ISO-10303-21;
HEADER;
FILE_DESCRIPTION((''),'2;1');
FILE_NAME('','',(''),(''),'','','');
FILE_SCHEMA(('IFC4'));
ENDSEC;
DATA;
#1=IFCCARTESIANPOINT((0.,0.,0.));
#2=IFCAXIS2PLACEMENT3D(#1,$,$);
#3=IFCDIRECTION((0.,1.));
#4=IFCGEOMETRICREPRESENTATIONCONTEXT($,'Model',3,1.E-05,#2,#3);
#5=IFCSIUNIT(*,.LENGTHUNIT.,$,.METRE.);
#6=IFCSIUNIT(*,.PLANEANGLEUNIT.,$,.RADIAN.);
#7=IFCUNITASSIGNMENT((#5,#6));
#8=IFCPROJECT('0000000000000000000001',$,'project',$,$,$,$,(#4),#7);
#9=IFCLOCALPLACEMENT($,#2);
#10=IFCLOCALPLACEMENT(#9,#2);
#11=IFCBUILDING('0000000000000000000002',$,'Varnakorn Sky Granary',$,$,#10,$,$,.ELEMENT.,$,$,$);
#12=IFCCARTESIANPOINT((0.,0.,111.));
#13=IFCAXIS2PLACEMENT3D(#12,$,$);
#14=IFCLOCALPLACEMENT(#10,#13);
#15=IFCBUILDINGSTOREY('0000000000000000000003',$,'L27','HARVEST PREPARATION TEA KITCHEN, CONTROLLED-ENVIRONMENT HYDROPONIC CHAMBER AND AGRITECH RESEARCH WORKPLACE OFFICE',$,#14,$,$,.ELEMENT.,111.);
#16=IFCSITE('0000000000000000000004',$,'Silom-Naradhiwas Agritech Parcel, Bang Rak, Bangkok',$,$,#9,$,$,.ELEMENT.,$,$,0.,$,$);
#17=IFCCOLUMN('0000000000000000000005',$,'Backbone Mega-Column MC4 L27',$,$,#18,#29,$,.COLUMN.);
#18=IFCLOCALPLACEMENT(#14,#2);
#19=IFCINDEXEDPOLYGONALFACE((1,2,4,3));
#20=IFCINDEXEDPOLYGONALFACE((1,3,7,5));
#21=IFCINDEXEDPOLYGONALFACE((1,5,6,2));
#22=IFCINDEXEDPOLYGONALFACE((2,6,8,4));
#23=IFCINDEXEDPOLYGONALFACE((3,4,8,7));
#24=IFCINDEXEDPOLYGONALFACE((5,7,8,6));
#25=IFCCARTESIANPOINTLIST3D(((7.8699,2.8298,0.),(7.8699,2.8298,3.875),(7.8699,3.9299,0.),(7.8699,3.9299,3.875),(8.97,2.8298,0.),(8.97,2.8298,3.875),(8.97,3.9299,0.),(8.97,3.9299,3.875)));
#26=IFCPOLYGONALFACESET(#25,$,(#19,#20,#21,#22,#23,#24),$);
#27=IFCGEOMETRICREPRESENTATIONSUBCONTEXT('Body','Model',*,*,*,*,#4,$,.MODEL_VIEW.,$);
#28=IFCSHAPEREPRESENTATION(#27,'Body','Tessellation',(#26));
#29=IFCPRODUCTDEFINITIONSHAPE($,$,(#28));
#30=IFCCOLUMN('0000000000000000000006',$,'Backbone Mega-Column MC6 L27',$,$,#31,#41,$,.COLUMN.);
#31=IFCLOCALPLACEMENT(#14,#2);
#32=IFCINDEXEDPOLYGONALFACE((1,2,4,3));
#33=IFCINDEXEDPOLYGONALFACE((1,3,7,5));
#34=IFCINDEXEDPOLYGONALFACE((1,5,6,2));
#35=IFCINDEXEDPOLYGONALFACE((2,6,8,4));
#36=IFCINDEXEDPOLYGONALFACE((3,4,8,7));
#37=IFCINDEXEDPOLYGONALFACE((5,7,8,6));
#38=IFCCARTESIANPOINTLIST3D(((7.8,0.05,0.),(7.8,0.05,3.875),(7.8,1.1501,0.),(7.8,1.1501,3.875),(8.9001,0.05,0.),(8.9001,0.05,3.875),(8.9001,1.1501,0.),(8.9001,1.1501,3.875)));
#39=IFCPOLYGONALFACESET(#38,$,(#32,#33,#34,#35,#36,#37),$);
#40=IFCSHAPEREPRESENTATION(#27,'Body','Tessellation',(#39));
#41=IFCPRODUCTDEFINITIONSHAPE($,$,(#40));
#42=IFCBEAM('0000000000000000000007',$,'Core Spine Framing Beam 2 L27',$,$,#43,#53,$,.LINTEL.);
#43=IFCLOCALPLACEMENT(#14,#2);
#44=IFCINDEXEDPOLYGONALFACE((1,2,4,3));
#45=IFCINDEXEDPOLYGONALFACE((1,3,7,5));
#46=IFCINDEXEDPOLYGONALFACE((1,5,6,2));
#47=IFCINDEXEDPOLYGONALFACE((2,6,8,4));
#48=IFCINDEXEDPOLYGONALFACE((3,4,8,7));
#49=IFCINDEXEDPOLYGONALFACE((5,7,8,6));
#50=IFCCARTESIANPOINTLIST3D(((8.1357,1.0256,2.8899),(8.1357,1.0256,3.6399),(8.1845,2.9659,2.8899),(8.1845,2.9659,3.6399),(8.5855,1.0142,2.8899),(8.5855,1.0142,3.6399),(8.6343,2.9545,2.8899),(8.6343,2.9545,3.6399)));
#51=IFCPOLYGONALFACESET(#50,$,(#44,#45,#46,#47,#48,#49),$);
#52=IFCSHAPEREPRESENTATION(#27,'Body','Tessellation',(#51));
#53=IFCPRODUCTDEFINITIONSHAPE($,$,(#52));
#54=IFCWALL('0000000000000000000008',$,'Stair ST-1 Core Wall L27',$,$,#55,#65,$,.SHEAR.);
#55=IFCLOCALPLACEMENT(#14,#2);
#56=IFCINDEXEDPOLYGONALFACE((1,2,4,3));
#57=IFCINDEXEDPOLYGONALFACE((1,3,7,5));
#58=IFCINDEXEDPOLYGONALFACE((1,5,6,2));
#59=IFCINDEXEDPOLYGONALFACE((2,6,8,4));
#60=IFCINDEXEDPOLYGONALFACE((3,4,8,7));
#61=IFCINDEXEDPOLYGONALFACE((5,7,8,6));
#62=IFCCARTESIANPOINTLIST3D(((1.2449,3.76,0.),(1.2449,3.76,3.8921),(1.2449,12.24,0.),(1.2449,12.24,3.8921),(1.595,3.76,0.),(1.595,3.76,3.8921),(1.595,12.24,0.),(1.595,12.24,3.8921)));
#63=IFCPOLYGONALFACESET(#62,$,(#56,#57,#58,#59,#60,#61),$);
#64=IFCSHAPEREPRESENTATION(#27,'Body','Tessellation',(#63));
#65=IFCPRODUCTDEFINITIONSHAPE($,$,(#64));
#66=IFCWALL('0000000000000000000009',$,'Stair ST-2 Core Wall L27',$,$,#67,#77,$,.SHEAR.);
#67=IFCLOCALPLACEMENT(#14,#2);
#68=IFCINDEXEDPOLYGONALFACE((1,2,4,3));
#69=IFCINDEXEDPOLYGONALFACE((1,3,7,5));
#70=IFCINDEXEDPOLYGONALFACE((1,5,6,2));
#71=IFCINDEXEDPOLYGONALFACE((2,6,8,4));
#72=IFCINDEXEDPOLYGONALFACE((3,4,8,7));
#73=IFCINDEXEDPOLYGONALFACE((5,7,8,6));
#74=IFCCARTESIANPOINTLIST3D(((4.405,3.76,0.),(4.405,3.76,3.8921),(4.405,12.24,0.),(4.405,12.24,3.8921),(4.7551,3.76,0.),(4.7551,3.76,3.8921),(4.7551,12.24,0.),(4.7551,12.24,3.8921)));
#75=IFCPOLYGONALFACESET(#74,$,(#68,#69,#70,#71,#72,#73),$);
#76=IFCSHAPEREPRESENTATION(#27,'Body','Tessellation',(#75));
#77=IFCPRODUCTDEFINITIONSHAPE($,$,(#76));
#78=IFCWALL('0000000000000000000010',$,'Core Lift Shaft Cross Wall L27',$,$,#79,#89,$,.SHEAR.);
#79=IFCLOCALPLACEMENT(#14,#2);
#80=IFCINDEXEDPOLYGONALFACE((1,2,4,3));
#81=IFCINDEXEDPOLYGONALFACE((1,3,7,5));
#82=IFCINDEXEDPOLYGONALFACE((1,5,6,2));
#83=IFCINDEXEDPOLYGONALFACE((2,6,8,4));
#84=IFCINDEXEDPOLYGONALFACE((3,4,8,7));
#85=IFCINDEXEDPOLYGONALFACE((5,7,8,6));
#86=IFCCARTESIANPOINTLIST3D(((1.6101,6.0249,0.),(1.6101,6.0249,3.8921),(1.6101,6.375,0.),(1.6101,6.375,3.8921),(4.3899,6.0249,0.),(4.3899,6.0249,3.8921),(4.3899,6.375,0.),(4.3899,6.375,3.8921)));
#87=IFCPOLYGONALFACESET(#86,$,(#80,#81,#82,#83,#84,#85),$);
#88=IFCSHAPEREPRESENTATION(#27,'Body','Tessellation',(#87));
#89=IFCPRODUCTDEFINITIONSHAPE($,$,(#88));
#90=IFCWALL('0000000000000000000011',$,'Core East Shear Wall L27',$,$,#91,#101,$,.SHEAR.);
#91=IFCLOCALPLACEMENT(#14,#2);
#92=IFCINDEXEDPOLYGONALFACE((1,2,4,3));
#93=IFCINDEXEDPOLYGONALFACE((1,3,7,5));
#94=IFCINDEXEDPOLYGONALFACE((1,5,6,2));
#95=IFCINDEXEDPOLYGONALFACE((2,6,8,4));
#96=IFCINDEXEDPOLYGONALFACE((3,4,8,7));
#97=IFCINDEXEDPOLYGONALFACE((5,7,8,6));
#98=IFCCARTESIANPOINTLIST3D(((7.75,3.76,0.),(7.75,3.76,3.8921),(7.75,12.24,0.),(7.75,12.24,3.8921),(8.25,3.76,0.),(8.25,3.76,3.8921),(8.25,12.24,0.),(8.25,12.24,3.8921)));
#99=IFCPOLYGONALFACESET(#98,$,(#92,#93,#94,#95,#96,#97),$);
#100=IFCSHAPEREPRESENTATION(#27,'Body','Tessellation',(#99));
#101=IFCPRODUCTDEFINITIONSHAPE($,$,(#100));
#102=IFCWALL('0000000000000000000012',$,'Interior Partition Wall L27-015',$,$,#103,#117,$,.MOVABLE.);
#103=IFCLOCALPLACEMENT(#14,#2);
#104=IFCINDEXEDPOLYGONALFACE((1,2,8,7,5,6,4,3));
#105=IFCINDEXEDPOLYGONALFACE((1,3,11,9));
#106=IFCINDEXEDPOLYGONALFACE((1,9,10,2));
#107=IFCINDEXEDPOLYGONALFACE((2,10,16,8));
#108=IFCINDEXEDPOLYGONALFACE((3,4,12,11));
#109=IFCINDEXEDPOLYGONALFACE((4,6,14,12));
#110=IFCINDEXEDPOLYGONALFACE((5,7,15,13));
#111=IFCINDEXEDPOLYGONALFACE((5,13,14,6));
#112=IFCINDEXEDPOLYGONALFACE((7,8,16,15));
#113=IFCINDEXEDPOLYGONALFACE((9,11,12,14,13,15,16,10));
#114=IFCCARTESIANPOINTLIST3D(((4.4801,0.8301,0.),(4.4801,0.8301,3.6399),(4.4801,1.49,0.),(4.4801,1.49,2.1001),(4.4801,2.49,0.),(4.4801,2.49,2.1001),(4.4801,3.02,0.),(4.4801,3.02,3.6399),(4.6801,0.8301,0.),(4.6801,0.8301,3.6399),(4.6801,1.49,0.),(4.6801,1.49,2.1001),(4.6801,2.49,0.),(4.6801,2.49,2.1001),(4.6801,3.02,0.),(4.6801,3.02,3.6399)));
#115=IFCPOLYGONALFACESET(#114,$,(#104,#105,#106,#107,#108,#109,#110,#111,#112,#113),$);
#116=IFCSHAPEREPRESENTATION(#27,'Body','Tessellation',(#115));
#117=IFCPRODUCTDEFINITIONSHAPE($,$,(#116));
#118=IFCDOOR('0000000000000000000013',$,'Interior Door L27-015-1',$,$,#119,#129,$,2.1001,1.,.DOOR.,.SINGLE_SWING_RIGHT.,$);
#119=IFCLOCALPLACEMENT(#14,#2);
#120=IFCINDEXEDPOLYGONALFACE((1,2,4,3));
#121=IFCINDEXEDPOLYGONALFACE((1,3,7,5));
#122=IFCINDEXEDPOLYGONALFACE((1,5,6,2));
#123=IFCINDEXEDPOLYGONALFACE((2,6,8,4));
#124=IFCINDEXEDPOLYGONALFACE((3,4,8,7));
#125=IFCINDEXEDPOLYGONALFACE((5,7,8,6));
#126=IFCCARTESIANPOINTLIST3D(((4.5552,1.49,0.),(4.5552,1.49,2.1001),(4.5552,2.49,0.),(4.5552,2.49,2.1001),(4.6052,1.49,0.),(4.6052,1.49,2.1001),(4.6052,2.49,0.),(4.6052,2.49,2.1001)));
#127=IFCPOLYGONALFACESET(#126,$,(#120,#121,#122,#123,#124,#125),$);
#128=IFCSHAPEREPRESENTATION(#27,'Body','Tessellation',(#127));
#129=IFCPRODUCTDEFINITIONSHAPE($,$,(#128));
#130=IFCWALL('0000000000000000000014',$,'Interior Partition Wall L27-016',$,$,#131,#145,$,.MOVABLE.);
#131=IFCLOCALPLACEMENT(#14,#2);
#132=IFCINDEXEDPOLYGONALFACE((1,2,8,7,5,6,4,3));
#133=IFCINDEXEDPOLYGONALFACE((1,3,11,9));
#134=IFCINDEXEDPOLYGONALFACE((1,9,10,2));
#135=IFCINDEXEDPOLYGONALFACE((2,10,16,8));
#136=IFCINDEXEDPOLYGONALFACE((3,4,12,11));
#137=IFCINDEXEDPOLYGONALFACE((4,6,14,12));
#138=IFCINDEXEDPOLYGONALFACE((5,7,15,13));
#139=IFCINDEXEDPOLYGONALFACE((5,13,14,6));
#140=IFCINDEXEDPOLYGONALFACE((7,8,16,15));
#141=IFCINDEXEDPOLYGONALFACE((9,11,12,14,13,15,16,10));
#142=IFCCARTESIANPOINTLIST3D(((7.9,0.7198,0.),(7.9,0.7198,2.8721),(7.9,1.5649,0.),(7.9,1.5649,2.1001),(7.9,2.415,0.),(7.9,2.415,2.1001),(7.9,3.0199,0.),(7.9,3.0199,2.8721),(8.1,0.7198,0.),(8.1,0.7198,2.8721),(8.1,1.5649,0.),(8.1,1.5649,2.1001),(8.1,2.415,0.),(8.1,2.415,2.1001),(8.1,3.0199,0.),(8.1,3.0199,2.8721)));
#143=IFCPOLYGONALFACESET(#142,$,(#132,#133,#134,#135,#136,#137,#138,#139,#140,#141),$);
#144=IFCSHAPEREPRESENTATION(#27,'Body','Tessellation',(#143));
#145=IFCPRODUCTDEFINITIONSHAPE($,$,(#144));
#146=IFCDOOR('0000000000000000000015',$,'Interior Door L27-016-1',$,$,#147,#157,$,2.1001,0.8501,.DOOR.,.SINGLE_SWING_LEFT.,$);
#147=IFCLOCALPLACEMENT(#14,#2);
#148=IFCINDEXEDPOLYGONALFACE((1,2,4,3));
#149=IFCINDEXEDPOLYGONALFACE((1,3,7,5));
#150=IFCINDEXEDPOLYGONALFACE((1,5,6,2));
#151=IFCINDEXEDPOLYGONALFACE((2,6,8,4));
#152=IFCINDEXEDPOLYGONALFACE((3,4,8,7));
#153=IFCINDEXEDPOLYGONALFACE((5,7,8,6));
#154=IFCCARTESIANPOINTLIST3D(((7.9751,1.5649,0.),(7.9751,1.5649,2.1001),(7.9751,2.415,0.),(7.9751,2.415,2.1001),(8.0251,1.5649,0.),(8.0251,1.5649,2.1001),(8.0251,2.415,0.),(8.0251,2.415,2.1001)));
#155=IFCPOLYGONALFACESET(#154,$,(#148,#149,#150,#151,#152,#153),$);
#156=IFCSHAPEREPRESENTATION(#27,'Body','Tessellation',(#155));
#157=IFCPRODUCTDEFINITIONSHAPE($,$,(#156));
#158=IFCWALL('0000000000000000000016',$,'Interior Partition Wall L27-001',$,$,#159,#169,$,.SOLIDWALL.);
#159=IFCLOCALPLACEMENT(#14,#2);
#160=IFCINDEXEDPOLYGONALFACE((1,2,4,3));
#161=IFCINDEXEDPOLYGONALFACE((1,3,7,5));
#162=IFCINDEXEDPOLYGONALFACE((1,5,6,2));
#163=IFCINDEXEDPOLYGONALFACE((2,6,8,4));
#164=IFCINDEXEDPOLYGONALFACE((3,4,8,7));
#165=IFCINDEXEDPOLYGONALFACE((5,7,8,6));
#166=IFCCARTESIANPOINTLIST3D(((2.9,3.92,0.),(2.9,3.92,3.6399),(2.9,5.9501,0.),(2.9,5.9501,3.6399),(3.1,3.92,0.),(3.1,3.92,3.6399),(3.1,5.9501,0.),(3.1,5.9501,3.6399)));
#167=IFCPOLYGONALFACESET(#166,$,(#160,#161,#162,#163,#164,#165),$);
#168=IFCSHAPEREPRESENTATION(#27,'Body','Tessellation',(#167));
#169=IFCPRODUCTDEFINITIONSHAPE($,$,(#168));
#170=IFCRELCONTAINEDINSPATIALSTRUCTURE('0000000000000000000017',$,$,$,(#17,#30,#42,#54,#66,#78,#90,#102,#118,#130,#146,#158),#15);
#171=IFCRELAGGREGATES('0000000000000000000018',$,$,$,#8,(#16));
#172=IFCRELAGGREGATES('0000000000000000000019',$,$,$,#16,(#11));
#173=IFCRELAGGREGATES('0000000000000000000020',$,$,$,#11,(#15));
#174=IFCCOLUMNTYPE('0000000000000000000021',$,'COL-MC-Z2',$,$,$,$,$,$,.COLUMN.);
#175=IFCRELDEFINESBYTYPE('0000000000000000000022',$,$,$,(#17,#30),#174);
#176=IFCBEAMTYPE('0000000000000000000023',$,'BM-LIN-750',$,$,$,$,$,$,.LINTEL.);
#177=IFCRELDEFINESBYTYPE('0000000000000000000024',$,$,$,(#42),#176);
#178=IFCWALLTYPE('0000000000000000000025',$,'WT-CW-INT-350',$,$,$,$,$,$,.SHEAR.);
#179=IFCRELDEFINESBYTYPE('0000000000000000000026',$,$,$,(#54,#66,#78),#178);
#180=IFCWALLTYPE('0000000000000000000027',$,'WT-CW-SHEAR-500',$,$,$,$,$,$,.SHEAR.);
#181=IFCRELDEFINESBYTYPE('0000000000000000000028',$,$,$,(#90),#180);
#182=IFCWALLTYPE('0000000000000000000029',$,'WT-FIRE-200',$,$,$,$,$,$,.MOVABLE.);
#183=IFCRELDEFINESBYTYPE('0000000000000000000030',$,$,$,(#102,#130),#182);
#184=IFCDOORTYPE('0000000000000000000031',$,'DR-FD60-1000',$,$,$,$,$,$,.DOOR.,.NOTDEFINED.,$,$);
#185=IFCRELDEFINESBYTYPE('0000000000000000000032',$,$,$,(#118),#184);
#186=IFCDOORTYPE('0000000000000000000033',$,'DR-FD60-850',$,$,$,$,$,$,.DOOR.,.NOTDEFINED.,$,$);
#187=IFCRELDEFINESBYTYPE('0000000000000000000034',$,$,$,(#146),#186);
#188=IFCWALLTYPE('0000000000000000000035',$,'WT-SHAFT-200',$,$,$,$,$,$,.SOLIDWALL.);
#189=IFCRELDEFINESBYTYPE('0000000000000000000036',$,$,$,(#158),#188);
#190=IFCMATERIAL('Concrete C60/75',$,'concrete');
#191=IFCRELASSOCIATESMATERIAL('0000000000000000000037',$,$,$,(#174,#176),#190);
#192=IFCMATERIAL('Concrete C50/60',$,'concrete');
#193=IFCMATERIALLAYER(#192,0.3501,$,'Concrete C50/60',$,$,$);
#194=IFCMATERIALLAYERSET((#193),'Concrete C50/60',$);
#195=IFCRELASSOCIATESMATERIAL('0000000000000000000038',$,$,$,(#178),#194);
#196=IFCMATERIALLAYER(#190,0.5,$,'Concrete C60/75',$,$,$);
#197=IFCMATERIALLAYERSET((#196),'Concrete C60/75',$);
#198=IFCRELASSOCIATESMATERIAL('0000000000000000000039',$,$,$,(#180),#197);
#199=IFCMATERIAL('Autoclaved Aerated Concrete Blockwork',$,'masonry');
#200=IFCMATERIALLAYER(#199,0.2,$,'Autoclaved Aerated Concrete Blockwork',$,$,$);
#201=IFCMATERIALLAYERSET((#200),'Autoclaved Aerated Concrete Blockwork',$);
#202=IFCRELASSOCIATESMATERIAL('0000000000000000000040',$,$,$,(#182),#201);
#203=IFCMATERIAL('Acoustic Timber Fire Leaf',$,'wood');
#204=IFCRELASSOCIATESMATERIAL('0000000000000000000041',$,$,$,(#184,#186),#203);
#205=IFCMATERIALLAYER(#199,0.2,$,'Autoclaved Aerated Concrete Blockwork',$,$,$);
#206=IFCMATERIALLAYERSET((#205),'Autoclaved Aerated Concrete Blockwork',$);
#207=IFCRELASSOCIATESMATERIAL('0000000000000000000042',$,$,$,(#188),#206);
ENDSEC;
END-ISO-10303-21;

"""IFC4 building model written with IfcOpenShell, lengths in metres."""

from ifc_helpers import new_model, si_unit, direction, frame, frame_2d, origin, origin_2d, place, context, subcontext, project, spatial, rectangle, extrude, material, layer, layer_set, material_profile, profile_set, type_object, element, fill, save


model = new_model("IFC4")

# Units and contexts
model_context = context("Model", 3, precision=1e-05, world=origin(), true_north=direction((0.0, 1.0)))
body_context = subcontext(model_context, "Body", "Model", "MODEL_VIEW")
ifc_project = project(units=[si_unit("LENGTHUNIT", "METRE"), si_unit("PLANEANGLEUNIT", "RADIAN")], contexts=[model_context])

# Site, building, storey
site_placement = place(None, origin())
site = spatial("IfcSite", under=ifc_project, at=site_placement, Name="Silom-Naradhiwas Agritech Parcel, Bang Rak, Bangkok", CompositionType="ELEMENT", RefElevation=0.0)
building_placement = place(site_placement, origin())
building = spatial("IfcBuilding", under=site, at=building_placement, Name="Varnakorn Sky Granary", CompositionType="ELEMENT")
storey_placement = place(building_placement, frame((0.0, 0.0, 111.0)))
storey = spatial("IfcBuildingStorey", under=building, at=storey_placement, Name="L27", Description="HARVEST PREPARATION TEA KITCHEN, CONTROLLED-ENVIRONMENT HYDROPONIC CHAMBER AND AGRITECH RESEARCH WORKPLACE OFFICE", CompositionType="ELEMENT", Elevation=111.0)

# Columns
ifc_material_1 = material(Name="Concrete C60/75", Category="concrete")
ifc_material_profile_1 = material_profile(ifc_material_1, rectangle(XDim=1.1001, YDim=1.1001, at=origin_2d()), Name="RC 1100x1100")
ifc_profile_set_1 = profile_set([ifc_material_profile_1], Name="Concrete C60/75")
column_type = type_object("IfcColumnType", Name="COL-MC-Z2", PredefinedType="COLUMN", material=ifc_profile_set_1)
for number, where, z_axis, x_axis, name in (
    (1, (8.4199, 3.3799, 0.0), (0.0, 0.0, 1.0), (1.0, 0.0, 0.0), "Backbone Mega-Column MC4 L27"),
    (2, (8.3501, 0.6001, 0.0), (0.0, 0.0, 1.0), (1.0, 0.0, 0.0), "Backbone Mega-Column MC6 L27"),
):
    element("IfcColumn", number, at=place(storey_placement, frame(where, z_axis=z_axis, x_axis=x_axis)), inside=storey, type_object=column_type, Name=name, PredefinedType="COLUMN", context=body_context, shape_type="SweptSolid", body=[
        extrude(rectangle(XDim=1.1001, YDim=1.1001, at=origin_2d()), origin(), (0.0, 0.0, 1.0), 3.875),
    ])

# Beam
ifc_material_profile_2 = material_profile(ifc_material_1, rectangle(XDim=0.45, YDim=0.75, at=origin_2d()), Name="RC 450x750")
ifc_profile_set_2 = profile_set([ifc_material_profile_2], Name="Concrete C60/75")
beam_type = type_object("IfcBeamType", Name="BM-LIN-750", PredefinedType="LINTEL", material=ifc_profile_set_2)
beam_placement = place(storey_placement, frame((8.4094, 2.9602, 3.2649), z_axis=(-0.025159, -0.999683, 0.0), x_axis=(0.999683, -0.025159, 0.0)))
element("IfcBeam", 3, at=beam_placement, inside=storey, type_object=beam_type, Name="Core Spine Framing Beam 2 L27", PredefinedType="LINTEL", context=body_context, shape_type="SweptSolid", body=[
    extrude(rectangle(XDim=0.45, YDim=0.75, at=origin_2d()), origin(), (0.0, 0.0, 1.0), 1.9409),
])

# Walls
ifc_material_2 = material(Name="Concrete C50/60", Category="concrete")
ifc_layer_1 = layer(ifc_material_2, 0.3501, Name="Concrete C50/60")
ifc_layer_set_1 = layer_set([ifc_layer_1], Name="Concrete C50/60")
wall_type_1 = type_object("IfcWallType", Name="WT-CW-INT-350", PredefinedType="SHEAR", material=ifc_layer_set_1)
for number, where, z_axis, x_axis, name in (
    (4, (1.4199, 3.76, 0.0), (0.0, 0.0, 1.0), (0.0, 1.0, 0.0), "Stair ST-1 Core Wall L27"),
    (5, (4.5801, 3.76, 0.0), (0.0, 0.0, 1.0), (0.0, 1.0, 0.0), "Stair ST-2 Core Wall L27"),
):
    element("IfcWall", number, at=place(storey_placement, frame(where, z_axis=z_axis, x_axis=x_axis)), inside=storey, type_object=wall_type_1, Name=name, PredefinedType="SHEAR", context=body_context, shape_type="SweptSolid", body=[
        extrude(rectangle(XDim=8.48, YDim=0.3501, at=frame_2d((4.24, 0.0))), origin(), (0.0, 0.0, 1.0), 3.8921),
    ])
wall_1_placement = place(storey_placement, frame((1.6101, 6.2, 0.0), z_axis=(0.0, 0.0, 1.0), x_axis=(1.0, 0.0, 0.0)))
element("IfcWall", 6, at=wall_1_placement, inside=storey, type_object=wall_type_1, Name="Core Lift Shaft Cross Wall L27", PredefinedType="SHEAR", context=body_context, shape_type="SweptSolid", body=[
    extrude(rectangle(XDim=2.7798, YDim=0.3501, at=frame_2d((1.3899, 0.0))), origin(), (0.0, 0.0, 1.0), 3.8921),
])
ifc_layer_2 = layer(ifc_material_1, 0.5, Name="Concrete C60/75")
ifc_layer_set_2 = layer_set([ifc_layer_2], Name="Concrete C60/75")
wall_type_2 = type_object("IfcWallType", Name="WT-CW-SHEAR-500", PredefinedType="SHEAR", material=ifc_layer_set_2)
wall_2_placement = place(storey_placement, frame((8.0, 3.76, 0.0), z_axis=(0.0, 0.0, 1.0), x_axis=(0.0, 1.0, 0.0)))
element("IfcWall", 7, at=wall_2_placement, inside=storey, type_object=wall_type_2, Name="Core East Shear Wall L27", PredefinedType="SHEAR", context=body_context, shape_type="SweptSolid", body=[
    extrude(rectangle(XDim=8.48, YDim=0.5, at=frame_2d((4.24, 0.0))), origin(), (0.0, 0.0, 1.0), 3.8921),
])

# Walls, openings, doors
ifc_material_3 = material(Name="Autoclaved Aerated Concrete Blockwork", Category="masonry")
ifc_layer_3 = layer(ifc_material_3, 0.2, Name="Autoclaved Aerated Concrete Blockwork")
ifc_layer_set_3 = layer_set([ifc_layer_3], Name="Autoclaved Aerated Concrete Blockwork")
wall_type_3 = type_object("IfcWallType", Name="WT-FIRE-200", PredefinedType="MOVABLE", material=ifc_layer_set_3)
wall_3_placement = place(storey_placement, frame((4.5801, 0.8301, 0.0), z_axis=(0.0, 0.0, 1.0), x_axis=(0.0, 1.0, 0.0)))
wall_3 = element("IfcWall", 8, at=wall_3_placement, inside=storey, type_object=wall_type_3, Name="Interior Partition Wall L27-015", PredefinedType="MOVABLE", context=body_context, shape_type="SweptSolid", body=[
    extrude(rectangle(XDim=2.1899, YDim=0.2, at=frame_2d((1.095, 0.0))), origin(), (0.0, 0.0, 1.0), 3.6399),
])
opening_1_placement = place(wall_3_placement, frame((0.6599, 0.0, 0.0)))
opening_1 = element("IfcOpeningElement", 9, at=opening_1_placement, cuts=wall_3, PredefinedType="OPENING", context=body_context, shape_type="SweptSolid", body=[
    extrude(rectangle(XDim=1.0, YDim=2.1001, at=frame_2d((0.5, 1.05))), frame((0.0, 0.1099, 0.0), z_axis=(0.0, -1.0, 0.0), x_axis=(1.0, 0.0, 0.0)), (0.0, 0.0, 1.0), 0.22),
])
ifc_material_4 = material(Name="Acoustic Timber Fire Leaf", Category="wood")
door_type_1 = type_object("IfcDoorType", Name="DR-FD60-1000", OperationType="NOTDEFINED", PredefinedType="DOOR", material=ifc_material_4)
door_1_placement = place(opening_1_placement, origin())
door_1 = element("IfcDoor", 10, at=door_1_placement, inside=storey, type_object=door_type_1, Name="Interior Door L27-015-1", OperationType="SINGLE_SWING_RIGHT", OverallHeight=2.1001, OverallWidth=1.0, PredefinedType="DOOR", context=body_context, shape_type="SweptSolid", body=[
    extrude(rectangle(XDim=1.0, YDim=2.1001, at=frame_2d((0.5, 1.05))), frame((0.0, 0.0249, 0.0), z_axis=(0.0, -1.0, 0.0), x_axis=(1.0, 0.0, 0.0)), (0.0, 0.0, 1.0), 0.05),
])
fill(opening_1, door_1)
wall_4_placement = place(storey_placement, frame((8.0, 0.72, 0.0), z_axis=(0.0, 0.0, 1.0), x_axis=(0.0, 1.0, 0.0)))
wall_4 = element("IfcWall", 11, at=wall_4_placement, inside=storey, type_object=wall_type_3, Name="Interior Partition Wall L27-016", PredefinedType="MOVABLE", context=body_context, shape_type="SweptSolid", body=[
    extrude(rectangle(XDim=2.3, YDim=0.2, at=frame_2d((1.1499, 0.0))), origin(), (0.0, 0.0, 1.0), 2.8721),
])
opening_2_placement = place(wall_4_placement, frame((0.845, 0.0, 0.0)))
opening_2 = element("IfcOpeningElement", 12, at=opening_2_placement, cuts=wall_4, PredefinedType="OPENING", context=body_context, shape_type="SweptSolid", body=[
    extrude(rectangle(XDim=0.8501, YDim=2.1001, at=frame_2d((0.425, 1.05))), frame((0.0, 0.1099, 0.0), z_axis=(0.0, -1.0, 0.0), x_axis=(1.0, 0.0, 0.0)), (0.0, 0.0, 1.0), 0.22),
])
door_type_2 = type_object("IfcDoorType", Name="DR-FD60-850", OperationType="NOTDEFINED", PredefinedType="DOOR", material=ifc_material_4)
door_2_placement = place(opening_2_placement, origin())
door_2 = element("IfcDoor", 13, at=door_2_placement, inside=storey, type_object=door_type_2, Name="Interior Door L27-016-1", OperationType="SINGLE_SWING_LEFT", OverallHeight=2.1001, OverallWidth=0.8501, PredefinedType="DOOR", context=body_context, shape_type="SweptSolid", body=[
    extrude(rectangle(XDim=0.8501, YDim=2.1001, at=frame_2d((0.425, 1.05))), frame((0.0, 0.0249, 0.0), z_axis=(0.0, -1.0, 0.0), x_axis=(1.0, 0.0, 0.0)), (0.0, 0.0, 1.0), 0.05),
])
fill(opening_2, door_2)

# Wall
ifc_layer_4 = layer(ifc_material_3, 0.2, Name="Autoclaved Aerated Concrete Blockwork")
ifc_layer_set_4 = layer_set([ifc_layer_4], Name="Autoclaved Aerated Concrete Blockwork")
wall_type_4 = type_object("IfcWallType", Name="WT-SHAFT-200", PredefinedType="SOLIDWALL", material=ifc_layer_set_4)
wall_5_placement = place(storey_placement, frame((3.0, 3.9199, 0.0), z_axis=(0.0, 0.0, 1.0), x_axis=(0.0, 1.0, 0.0)))
element("IfcWall", 14, at=wall_5_placement, inside=storey, type_object=wall_type_4, Name="Interior Partition Wall L27-001", PredefinedType="SOLIDWALL", context=body_context, shape_type="SweptSolid", body=[
    extrude(rectangle(XDim=2.03, YDim=0.2, at=frame_2d((1.0151, 0.0))), origin(), (0.0, 0.0, 1.0), 3.6399),
])

save(model, "model.ifc")
